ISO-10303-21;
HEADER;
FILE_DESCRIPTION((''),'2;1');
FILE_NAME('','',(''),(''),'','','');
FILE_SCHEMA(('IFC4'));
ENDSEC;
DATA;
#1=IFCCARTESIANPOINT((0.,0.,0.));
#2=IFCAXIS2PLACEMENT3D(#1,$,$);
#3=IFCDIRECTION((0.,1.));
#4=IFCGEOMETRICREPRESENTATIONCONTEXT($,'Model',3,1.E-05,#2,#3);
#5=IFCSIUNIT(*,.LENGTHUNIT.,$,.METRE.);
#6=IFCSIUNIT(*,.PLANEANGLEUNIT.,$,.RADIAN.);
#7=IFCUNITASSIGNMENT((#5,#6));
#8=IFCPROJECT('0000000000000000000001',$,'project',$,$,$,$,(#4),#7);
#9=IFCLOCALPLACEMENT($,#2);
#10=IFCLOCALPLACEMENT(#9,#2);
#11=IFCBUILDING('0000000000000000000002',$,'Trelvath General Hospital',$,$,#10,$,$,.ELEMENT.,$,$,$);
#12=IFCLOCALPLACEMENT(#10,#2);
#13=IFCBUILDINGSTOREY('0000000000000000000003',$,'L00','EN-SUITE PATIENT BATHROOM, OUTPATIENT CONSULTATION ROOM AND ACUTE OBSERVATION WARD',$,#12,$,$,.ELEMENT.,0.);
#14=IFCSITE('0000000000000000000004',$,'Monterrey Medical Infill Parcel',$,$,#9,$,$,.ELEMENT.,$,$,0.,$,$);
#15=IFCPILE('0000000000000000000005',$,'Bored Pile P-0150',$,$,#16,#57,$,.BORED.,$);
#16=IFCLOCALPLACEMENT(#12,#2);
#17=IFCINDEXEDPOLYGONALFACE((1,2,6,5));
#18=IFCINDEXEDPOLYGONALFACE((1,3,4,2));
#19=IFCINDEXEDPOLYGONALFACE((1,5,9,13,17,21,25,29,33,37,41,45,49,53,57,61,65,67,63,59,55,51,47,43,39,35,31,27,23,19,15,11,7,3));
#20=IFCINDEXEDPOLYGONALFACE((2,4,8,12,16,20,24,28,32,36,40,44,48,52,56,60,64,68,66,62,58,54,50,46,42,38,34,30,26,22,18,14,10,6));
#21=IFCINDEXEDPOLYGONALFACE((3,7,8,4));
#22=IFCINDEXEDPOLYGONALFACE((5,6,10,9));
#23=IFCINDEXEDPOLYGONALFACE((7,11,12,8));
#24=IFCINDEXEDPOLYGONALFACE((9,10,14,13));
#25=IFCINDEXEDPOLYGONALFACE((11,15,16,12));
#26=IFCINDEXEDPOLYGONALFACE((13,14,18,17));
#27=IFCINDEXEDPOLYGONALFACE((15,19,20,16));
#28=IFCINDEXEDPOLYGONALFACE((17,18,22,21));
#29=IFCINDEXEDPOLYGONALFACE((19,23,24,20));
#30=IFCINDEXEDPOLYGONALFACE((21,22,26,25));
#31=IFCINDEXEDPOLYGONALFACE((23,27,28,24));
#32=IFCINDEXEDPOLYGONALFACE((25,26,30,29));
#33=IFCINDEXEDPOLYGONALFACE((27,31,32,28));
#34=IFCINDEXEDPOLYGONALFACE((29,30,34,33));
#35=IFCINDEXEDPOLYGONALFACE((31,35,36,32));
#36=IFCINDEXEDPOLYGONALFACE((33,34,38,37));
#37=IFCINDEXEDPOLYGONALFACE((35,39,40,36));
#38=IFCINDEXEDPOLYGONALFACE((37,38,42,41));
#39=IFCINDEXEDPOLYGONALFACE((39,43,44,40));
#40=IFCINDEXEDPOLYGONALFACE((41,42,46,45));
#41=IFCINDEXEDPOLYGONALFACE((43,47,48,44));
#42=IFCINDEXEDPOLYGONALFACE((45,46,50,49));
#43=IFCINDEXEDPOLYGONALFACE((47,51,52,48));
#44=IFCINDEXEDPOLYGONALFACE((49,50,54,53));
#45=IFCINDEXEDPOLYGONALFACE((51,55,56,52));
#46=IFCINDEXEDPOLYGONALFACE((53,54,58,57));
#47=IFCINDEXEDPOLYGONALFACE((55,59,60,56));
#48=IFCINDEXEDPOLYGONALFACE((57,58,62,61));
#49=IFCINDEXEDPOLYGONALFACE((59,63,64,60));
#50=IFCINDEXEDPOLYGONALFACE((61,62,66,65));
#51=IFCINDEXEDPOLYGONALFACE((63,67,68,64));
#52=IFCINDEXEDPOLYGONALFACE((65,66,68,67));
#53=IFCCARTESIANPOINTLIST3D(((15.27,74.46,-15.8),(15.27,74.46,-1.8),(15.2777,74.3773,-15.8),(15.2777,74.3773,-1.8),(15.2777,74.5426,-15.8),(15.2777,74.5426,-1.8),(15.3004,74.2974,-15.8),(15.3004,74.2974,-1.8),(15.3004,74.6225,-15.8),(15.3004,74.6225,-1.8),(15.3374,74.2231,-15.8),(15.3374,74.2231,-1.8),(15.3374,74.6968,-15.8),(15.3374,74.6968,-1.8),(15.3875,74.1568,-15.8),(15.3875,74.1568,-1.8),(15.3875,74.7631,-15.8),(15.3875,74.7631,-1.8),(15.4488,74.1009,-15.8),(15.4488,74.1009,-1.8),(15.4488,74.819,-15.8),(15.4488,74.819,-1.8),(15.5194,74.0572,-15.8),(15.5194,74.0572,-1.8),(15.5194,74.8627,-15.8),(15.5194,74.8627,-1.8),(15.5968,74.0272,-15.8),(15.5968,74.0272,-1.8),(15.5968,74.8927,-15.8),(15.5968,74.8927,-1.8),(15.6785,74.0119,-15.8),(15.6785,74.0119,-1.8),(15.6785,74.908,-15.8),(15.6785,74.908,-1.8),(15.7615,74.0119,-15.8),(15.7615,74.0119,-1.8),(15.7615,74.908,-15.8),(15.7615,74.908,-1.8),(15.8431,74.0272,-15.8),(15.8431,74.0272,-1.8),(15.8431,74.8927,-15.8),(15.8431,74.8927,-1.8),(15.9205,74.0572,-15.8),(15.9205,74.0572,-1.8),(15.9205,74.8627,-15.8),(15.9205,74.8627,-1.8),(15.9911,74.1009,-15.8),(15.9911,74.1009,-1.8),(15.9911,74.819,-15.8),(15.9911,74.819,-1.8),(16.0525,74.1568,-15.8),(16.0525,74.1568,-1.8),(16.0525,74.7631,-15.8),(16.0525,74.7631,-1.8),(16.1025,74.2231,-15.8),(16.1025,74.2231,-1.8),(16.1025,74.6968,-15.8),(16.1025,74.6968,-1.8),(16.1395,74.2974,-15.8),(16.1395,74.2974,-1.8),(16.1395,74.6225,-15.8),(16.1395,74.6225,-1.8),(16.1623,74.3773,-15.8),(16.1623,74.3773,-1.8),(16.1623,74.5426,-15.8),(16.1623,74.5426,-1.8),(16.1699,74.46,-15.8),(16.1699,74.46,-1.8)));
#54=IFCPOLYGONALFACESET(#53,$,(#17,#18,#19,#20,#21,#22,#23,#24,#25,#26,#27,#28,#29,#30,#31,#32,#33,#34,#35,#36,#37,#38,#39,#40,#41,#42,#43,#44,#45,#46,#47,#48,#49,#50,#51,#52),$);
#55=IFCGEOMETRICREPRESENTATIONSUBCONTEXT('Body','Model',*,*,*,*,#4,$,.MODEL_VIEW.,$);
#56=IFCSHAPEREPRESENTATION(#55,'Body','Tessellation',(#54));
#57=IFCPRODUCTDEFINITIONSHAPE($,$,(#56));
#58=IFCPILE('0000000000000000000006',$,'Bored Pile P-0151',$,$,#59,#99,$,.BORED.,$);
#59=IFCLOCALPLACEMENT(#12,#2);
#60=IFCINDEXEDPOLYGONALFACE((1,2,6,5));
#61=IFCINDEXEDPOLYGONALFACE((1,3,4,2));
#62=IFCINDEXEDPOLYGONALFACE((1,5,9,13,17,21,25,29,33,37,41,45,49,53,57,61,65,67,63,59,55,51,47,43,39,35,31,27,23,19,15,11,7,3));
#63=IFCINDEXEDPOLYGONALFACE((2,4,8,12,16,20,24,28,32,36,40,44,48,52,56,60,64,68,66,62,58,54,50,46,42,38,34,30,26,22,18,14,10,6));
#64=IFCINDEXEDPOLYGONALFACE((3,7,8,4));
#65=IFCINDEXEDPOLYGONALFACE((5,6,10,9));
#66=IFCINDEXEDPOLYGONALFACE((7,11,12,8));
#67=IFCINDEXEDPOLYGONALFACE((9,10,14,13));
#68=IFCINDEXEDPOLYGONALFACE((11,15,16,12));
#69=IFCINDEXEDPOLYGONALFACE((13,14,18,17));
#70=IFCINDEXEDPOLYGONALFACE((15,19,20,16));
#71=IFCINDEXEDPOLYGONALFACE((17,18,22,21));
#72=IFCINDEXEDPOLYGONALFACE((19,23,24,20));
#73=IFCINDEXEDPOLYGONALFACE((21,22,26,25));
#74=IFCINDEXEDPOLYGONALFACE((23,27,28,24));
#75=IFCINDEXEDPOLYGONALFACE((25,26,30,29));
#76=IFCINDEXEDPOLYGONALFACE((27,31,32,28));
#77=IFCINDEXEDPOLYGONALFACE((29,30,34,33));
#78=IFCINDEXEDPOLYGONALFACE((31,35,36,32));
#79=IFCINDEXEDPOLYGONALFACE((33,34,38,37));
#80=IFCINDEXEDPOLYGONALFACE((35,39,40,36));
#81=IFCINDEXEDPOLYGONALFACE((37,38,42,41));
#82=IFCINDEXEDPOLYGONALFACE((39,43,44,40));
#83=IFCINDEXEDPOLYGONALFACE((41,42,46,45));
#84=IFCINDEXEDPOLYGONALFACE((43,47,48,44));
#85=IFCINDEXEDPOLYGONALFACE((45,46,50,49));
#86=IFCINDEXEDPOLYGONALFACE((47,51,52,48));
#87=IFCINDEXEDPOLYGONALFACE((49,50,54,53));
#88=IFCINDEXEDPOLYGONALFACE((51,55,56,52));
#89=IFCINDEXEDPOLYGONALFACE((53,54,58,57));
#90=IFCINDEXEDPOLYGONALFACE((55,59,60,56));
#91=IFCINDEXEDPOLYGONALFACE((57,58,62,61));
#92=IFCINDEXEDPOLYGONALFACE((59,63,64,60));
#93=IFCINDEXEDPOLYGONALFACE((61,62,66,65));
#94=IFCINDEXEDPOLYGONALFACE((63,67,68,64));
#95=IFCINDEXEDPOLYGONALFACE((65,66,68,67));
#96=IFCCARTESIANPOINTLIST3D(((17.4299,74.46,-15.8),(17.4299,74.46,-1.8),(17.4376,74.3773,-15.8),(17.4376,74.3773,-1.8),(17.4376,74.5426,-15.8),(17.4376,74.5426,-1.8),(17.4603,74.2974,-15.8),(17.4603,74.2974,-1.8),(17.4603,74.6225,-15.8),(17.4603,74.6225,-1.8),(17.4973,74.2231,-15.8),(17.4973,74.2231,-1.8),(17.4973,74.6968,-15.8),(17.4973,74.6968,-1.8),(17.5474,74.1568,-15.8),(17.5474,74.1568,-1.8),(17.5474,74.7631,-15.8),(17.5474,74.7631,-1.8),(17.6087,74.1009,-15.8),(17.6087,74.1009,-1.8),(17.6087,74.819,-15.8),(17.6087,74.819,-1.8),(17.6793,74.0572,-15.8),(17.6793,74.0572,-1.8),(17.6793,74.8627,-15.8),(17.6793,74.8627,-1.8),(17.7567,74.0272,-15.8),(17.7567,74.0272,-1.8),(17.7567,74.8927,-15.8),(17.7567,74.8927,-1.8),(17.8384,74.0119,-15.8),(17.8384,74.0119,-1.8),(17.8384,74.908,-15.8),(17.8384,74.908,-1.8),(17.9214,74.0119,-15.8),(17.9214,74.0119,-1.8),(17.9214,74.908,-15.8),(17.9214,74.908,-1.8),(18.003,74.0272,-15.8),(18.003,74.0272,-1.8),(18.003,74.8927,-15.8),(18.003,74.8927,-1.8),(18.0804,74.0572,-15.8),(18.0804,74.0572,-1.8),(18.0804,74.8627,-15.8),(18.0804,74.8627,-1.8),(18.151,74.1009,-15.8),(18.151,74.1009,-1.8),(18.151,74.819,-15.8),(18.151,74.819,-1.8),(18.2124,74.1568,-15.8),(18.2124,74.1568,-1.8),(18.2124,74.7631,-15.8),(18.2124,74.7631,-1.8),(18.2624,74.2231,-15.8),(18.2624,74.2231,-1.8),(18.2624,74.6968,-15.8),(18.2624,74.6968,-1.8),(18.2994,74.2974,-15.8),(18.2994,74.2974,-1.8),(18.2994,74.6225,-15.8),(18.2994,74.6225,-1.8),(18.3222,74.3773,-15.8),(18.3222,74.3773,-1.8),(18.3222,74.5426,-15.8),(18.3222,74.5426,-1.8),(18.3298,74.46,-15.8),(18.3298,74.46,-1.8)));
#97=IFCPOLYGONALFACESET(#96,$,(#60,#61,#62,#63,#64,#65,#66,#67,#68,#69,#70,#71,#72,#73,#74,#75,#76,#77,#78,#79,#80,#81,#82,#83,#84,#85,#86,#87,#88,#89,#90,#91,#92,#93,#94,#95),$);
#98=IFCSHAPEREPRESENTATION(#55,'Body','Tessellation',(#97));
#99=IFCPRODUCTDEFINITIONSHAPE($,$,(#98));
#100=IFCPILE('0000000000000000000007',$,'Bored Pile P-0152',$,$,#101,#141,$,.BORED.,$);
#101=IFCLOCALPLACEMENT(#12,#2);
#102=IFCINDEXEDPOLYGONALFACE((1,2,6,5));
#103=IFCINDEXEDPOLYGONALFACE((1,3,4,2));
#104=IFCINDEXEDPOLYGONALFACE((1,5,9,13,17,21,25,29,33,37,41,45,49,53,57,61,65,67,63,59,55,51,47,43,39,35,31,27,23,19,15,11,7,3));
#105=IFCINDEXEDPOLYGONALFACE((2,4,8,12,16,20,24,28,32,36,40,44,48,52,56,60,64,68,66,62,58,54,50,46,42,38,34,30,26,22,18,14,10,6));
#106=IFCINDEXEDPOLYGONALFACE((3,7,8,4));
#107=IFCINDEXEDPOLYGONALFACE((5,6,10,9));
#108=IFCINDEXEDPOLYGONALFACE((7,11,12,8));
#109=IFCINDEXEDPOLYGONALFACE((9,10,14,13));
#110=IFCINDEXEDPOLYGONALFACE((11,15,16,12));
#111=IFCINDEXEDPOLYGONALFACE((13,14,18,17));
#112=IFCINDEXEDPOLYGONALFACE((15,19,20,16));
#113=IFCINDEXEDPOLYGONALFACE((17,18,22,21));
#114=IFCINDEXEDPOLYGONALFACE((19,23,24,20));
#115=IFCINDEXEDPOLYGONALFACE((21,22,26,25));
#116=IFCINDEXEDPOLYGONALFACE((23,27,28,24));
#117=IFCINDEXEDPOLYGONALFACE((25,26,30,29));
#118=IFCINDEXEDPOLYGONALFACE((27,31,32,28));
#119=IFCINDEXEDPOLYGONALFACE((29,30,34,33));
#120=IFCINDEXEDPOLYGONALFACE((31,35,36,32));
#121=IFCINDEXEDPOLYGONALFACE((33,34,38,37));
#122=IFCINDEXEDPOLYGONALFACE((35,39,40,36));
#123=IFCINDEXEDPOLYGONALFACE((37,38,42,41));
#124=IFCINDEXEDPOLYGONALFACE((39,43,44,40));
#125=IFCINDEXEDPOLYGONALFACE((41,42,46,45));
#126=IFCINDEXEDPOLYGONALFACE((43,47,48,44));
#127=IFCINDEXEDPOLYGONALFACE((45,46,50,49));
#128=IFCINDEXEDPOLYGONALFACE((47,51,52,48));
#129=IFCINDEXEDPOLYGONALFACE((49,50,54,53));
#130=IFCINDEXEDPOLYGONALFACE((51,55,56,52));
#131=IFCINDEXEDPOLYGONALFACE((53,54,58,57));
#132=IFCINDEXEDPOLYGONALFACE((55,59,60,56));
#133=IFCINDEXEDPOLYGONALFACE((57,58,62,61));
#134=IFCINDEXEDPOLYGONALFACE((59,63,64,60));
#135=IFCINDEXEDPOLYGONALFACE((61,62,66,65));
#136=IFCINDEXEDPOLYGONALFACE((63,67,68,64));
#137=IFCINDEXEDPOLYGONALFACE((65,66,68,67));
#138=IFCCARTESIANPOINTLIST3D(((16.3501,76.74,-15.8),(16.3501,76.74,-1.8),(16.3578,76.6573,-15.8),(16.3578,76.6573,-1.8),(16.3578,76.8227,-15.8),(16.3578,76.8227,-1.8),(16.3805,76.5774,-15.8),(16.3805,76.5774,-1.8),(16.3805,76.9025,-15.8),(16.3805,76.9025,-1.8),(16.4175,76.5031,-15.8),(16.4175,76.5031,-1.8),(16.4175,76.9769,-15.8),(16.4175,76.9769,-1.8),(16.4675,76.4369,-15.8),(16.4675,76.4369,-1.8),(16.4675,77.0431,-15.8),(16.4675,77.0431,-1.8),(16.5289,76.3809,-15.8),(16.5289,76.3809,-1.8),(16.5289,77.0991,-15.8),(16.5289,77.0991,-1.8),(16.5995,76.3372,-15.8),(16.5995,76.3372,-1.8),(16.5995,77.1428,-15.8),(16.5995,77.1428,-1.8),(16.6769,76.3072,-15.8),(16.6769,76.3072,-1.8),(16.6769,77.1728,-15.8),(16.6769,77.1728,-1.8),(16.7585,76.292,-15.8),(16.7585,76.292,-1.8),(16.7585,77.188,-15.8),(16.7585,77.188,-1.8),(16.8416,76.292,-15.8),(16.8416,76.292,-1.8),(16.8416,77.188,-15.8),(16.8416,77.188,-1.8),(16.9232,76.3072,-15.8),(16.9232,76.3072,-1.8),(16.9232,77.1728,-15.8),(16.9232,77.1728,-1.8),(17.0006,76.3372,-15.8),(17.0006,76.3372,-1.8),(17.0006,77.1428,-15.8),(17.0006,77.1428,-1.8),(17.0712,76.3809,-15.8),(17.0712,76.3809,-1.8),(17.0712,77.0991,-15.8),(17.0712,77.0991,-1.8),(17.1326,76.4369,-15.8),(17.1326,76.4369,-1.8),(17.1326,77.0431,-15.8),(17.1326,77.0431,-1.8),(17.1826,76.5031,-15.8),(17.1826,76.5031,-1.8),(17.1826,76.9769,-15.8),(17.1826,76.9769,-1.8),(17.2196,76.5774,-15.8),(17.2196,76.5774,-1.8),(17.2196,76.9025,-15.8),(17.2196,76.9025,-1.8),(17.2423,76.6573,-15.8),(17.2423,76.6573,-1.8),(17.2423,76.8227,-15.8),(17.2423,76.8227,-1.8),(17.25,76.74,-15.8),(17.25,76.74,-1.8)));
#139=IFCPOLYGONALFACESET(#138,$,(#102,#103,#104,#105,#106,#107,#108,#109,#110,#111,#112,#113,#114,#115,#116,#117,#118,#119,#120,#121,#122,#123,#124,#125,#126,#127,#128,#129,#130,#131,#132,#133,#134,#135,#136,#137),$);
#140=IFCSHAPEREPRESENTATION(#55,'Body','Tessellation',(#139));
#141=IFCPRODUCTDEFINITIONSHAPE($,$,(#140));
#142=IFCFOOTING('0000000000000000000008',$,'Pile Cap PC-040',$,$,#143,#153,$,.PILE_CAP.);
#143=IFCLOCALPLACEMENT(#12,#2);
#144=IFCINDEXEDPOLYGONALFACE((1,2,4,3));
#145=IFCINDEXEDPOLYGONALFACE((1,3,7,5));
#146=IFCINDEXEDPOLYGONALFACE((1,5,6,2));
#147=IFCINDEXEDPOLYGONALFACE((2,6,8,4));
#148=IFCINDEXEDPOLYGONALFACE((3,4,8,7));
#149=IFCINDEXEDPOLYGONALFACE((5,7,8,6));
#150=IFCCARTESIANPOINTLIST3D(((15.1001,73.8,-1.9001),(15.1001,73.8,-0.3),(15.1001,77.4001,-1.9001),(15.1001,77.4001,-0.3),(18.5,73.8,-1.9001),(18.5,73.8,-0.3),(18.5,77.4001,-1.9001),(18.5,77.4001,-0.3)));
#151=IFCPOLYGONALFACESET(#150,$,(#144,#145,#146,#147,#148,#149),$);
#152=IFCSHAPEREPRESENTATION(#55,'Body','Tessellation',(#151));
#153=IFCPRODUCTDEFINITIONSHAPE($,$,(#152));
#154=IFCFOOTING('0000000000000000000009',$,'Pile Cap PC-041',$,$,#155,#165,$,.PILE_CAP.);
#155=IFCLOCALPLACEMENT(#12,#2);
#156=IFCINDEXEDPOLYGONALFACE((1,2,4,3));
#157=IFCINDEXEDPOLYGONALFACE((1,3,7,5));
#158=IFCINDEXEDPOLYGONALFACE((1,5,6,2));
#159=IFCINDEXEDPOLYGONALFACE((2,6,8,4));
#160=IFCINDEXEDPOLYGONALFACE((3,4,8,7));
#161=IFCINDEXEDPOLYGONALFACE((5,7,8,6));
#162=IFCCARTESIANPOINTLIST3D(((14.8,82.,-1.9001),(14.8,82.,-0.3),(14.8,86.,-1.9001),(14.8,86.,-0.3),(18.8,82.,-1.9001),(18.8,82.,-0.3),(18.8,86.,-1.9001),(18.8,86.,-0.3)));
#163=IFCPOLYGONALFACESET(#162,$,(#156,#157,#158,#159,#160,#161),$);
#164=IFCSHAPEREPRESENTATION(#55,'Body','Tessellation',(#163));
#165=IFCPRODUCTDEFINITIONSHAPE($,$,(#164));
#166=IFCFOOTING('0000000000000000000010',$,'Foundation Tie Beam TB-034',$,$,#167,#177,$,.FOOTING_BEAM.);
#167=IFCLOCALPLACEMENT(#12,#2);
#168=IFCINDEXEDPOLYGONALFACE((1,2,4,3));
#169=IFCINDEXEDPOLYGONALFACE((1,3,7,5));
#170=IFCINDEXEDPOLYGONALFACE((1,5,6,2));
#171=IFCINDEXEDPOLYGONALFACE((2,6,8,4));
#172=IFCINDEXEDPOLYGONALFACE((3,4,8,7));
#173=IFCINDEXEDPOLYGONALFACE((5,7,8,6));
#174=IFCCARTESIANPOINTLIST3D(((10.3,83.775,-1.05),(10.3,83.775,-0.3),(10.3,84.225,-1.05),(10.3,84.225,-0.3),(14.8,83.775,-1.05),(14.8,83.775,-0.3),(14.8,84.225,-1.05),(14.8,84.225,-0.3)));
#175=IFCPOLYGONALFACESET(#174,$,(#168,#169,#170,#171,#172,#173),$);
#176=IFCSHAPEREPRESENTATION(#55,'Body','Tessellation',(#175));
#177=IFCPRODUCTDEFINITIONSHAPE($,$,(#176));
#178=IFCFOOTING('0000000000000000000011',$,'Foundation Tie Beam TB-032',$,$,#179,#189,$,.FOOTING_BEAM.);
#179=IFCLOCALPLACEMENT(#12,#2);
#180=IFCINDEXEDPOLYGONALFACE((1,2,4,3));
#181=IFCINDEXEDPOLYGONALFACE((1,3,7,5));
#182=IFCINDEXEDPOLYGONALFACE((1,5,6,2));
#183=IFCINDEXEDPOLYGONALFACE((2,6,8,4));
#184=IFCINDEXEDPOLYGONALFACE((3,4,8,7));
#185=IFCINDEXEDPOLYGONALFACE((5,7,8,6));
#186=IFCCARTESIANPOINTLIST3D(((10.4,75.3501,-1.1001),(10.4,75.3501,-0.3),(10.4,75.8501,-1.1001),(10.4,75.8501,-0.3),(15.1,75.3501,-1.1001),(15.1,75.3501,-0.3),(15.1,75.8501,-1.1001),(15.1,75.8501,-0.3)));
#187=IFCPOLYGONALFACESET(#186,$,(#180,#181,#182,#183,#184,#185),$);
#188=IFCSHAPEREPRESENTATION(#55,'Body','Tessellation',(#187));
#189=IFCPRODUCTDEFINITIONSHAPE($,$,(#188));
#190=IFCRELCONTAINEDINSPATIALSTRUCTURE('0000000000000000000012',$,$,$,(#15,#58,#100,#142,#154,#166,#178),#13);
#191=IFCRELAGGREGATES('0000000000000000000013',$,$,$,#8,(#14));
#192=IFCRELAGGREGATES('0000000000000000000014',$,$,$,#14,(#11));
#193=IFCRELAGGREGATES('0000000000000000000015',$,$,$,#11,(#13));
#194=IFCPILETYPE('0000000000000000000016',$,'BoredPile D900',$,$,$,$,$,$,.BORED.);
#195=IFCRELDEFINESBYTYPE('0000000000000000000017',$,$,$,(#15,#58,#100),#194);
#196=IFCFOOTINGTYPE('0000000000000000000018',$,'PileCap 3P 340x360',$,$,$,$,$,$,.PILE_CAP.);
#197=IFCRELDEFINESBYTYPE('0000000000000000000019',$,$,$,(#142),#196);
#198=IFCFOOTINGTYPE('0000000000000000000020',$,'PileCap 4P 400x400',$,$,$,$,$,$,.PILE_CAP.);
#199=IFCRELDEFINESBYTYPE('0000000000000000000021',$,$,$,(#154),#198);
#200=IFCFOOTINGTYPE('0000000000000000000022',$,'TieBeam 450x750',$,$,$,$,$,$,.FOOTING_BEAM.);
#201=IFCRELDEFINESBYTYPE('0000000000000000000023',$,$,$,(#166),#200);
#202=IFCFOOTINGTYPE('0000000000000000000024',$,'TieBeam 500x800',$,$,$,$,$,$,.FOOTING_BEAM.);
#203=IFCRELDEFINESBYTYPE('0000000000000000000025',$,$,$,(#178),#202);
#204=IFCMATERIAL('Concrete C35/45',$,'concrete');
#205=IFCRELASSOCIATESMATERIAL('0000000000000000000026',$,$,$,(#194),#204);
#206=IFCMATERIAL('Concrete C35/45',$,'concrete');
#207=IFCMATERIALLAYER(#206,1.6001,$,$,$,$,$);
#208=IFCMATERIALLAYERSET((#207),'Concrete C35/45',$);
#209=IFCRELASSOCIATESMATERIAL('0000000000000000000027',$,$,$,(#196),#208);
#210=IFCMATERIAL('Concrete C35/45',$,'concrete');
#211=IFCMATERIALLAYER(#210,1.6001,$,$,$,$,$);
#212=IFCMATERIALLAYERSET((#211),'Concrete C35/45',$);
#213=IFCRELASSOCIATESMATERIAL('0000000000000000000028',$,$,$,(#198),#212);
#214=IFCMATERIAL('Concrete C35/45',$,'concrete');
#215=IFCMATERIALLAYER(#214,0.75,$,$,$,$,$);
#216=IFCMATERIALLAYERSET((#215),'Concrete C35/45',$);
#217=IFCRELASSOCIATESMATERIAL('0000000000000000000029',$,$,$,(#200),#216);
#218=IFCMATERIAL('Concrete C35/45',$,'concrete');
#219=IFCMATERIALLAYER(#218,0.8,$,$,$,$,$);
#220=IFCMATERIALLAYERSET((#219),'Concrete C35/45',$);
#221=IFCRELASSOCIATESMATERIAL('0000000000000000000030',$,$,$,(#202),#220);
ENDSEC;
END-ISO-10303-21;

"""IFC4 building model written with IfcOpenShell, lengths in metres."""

from ifc_helpers import new_model, si_unit, direction, frame, origin, origin_2d, place, context, subcontext, project, spatial, rectangle, circle, extrude, material, layer, layer_set, material_profile, profile_set, type_object, element, save


model = new_model("IFC4")

# Units and contexts
model_context = context("Model", 3, precision=1e-05, world=origin(), true_north=direction((0.0, 1.0)))
body_context = subcontext(model_context, "Body", "Model", "MODEL_VIEW")
ifc_project = project(units=[si_unit("LENGTHUNIT", "METRE"), si_unit("PLANEANGLEUNIT", "RADIAN")], contexts=[model_context])

# Site, building, storey
site_placement = place(None, origin())
site = spatial("IfcSite", under=ifc_project, at=site_placement, Name="Monterrey Medical Infill Parcel", CompositionType="ELEMENT", RefElevation=0.0)
building_placement = place(site_placement, origin())
building = spatial("IfcBuilding", under=site, at=building_placement, Name="Trelvath General Hospital", CompositionType="ELEMENT")
storey_placement = place(building_placement, origin())
storey = spatial("IfcBuildingStorey", under=building, at=storey_placement, Name="L00", Description="EN-SUITE PATIENT BATHROOM, OUTPATIENT CONSULTATION ROOM AND ACUTE OBSERVATION WARD", CompositionType="ELEMENT", Elevation=0.0)

# Piles
ifc_material_1 = material(Name="Concrete C35/45", Category="concrete")
ifc_material_profile_1 = material_profile(ifc_material_1, circle(Radius=0.45, at=origin_2d()), Name="PILE900")
ifc_profile_set_1 = profile_set([ifc_material_profile_1], Name="Concrete C35/45")
pile_type_1 = type_object("IfcPileType", Name="BoredPile D900", PredefinedType="BORED", material=ifc_profile_set_1)
for number, where, z_axis, x_axis, name in (
    (1, (15.72, 74.46, -1.8), (0.0, 0.0, -1.0), (1.0, 0.0, 0.0), "Bored Pile P-0150"),
    (2, (17.8799, 74.46, -1.8), (0.0, 0.0, -1.0), (1.0, 0.0, 0.0), "Bored Pile P-0151"),
    (3, (16.8, 76.74, -1.8), (0.0, 0.0, -1.0), (1.0, 0.0, 0.0), "Bored Pile P-0152"),
):
    element("IfcPile", number, at=place(storey_placement, frame(where, z_axis=z_axis, x_axis=x_axis)), inside=storey, type_object=pile_type_1, Name=name, PredefinedType="BORED", context=body_context, shape_type="SweptSolid", body=[
        extrude(circle(Radius=0.45, at=origin_2d()), origin(), (0.0, 0.0, 1.0), 14.0),
    ])

# Footings
ifc_material_2 = material(Name="Concrete C35/45", Category="concrete")
ifc_layer_1 = layer(ifc_material_2, 1.6001)
ifc_layer_set_1 = layer_set([ifc_layer_1], Name="Concrete C35/45")
footing_type_1 = type_object("IfcFootingType", Name="PileCap 3P 340x360", PredefinedType="PILE_CAP", material=ifc_layer_set_1)
footing_1_placement = place(storey_placement, frame((16.8, 75.6001, -1.9001), z_axis=(0.0, 0.0, 1.0), x_axis=(1.0, 0.0, 0.0)))
element("IfcFooting", 4, at=footing_1_placement, inside=storey, type_object=footing_type_1, Name="Pile Cap PC-040", PredefinedType="PILE_CAP", context=body_context, shape_type="SweptSolid", body=[
    extrude(rectangle(XDim=3.3999, YDim=3.6001, at=origin_2d()), origin(), (0.0, 0.0, 1.0), 1.6001),
])
ifc_material_3 = material(Name="Concrete C35/45", Category="concrete")
ifc_layer_2 = layer(ifc_material_3, 1.6001)
ifc_layer_set_2 = layer_set([ifc_layer_2], Name="Concrete C35/45")
footing_type_2 = type_object("IfcFootingType", Name="PileCap 4P 400x400", PredefinedType="PILE_CAP", material=ifc_layer_set_2)
footing_2_placement = place(storey_placement, frame((16.8, 84.0, -1.9001), z_axis=(0.0, 0.0, 1.0), x_axis=(1.0, 0.0, 0.0)))
element("IfcFooting", 5, at=footing_2_placement, inside=storey, type_object=footing_type_2, Name="Pile Cap PC-041", PredefinedType="PILE_CAP", context=body_context, shape_type="SweptSolid", body=[
    extrude(rectangle(XDim=4.0, YDim=4.0, at=origin_2d()), origin(), (0.0, 0.0, 1.0), 1.6001),
])
ifc_material_4 = material(Name="Concrete C35/45", Category="concrete")
ifc_layer_3 = layer(ifc_material_4, 0.75)
ifc_layer_set_3 = layer_set([ifc_layer_3], Name="Concrete C35/45")
footing_type_3 = type_object("IfcFootingType", Name="TieBeam 450x750", PredefinedType="FOOTING_BEAM", material=ifc_layer_set_3)
footing_3_placement = place(storey_placement, frame((12.55, 84.0, -1.05), z_axis=(0.0, 0.0, 1.0), x_axis=(1.0, 0.0, 0.0)))
element("IfcFooting", 6, at=footing_3_placement, inside=storey, type_object=footing_type_3, Name="Foundation Tie Beam TB-034", PredefinedType="FOOTING_BEAM", context=body_context, shape_type="SweptSolid", body=[
    extrude(rectangle(XDim=4.5, YDim=0.45, at=origin_2d()), origin(), (0.0, 0.0, 1.0), 0.75),
])
ifc_material_5 = material(Name="Concrete C35/45", Category="concrete")
ifc_layer_4 = layer(ifc_material_5, 0.8)
ifc_layer_set_4 = layer_set([ifc_layer_4], Name="Concrete C35/45")
footing_type_4 = type_object("IfcFootingType", Name="TieBeam 500x800", PredefinedType="FOOTING_BEAM", material=ifc_layer_set_4)
footing_4_placement = place(storey_placement, frame((12.75, 75.6001, -1.1001), z_axis=(0.0, 0.0, 1.0), x_axis=(1.0, 0.0, 0.0)))
element("IfcFooting", 7, at=footing_4_placement, inside=storey, type_object=footing_type_4, Name="Foundation Tie Beam TB-032", PredefinedType="FOOTING_BEAM", context=body_context, shape_type="SweptSolid", body=[
    extrude(rectangle(XDim=4.7, YDim=0.5, at=origin_2d()), origin(), (0.0, 0.0, 1.0), 0.8),
])

save(model, "model.ifc")
